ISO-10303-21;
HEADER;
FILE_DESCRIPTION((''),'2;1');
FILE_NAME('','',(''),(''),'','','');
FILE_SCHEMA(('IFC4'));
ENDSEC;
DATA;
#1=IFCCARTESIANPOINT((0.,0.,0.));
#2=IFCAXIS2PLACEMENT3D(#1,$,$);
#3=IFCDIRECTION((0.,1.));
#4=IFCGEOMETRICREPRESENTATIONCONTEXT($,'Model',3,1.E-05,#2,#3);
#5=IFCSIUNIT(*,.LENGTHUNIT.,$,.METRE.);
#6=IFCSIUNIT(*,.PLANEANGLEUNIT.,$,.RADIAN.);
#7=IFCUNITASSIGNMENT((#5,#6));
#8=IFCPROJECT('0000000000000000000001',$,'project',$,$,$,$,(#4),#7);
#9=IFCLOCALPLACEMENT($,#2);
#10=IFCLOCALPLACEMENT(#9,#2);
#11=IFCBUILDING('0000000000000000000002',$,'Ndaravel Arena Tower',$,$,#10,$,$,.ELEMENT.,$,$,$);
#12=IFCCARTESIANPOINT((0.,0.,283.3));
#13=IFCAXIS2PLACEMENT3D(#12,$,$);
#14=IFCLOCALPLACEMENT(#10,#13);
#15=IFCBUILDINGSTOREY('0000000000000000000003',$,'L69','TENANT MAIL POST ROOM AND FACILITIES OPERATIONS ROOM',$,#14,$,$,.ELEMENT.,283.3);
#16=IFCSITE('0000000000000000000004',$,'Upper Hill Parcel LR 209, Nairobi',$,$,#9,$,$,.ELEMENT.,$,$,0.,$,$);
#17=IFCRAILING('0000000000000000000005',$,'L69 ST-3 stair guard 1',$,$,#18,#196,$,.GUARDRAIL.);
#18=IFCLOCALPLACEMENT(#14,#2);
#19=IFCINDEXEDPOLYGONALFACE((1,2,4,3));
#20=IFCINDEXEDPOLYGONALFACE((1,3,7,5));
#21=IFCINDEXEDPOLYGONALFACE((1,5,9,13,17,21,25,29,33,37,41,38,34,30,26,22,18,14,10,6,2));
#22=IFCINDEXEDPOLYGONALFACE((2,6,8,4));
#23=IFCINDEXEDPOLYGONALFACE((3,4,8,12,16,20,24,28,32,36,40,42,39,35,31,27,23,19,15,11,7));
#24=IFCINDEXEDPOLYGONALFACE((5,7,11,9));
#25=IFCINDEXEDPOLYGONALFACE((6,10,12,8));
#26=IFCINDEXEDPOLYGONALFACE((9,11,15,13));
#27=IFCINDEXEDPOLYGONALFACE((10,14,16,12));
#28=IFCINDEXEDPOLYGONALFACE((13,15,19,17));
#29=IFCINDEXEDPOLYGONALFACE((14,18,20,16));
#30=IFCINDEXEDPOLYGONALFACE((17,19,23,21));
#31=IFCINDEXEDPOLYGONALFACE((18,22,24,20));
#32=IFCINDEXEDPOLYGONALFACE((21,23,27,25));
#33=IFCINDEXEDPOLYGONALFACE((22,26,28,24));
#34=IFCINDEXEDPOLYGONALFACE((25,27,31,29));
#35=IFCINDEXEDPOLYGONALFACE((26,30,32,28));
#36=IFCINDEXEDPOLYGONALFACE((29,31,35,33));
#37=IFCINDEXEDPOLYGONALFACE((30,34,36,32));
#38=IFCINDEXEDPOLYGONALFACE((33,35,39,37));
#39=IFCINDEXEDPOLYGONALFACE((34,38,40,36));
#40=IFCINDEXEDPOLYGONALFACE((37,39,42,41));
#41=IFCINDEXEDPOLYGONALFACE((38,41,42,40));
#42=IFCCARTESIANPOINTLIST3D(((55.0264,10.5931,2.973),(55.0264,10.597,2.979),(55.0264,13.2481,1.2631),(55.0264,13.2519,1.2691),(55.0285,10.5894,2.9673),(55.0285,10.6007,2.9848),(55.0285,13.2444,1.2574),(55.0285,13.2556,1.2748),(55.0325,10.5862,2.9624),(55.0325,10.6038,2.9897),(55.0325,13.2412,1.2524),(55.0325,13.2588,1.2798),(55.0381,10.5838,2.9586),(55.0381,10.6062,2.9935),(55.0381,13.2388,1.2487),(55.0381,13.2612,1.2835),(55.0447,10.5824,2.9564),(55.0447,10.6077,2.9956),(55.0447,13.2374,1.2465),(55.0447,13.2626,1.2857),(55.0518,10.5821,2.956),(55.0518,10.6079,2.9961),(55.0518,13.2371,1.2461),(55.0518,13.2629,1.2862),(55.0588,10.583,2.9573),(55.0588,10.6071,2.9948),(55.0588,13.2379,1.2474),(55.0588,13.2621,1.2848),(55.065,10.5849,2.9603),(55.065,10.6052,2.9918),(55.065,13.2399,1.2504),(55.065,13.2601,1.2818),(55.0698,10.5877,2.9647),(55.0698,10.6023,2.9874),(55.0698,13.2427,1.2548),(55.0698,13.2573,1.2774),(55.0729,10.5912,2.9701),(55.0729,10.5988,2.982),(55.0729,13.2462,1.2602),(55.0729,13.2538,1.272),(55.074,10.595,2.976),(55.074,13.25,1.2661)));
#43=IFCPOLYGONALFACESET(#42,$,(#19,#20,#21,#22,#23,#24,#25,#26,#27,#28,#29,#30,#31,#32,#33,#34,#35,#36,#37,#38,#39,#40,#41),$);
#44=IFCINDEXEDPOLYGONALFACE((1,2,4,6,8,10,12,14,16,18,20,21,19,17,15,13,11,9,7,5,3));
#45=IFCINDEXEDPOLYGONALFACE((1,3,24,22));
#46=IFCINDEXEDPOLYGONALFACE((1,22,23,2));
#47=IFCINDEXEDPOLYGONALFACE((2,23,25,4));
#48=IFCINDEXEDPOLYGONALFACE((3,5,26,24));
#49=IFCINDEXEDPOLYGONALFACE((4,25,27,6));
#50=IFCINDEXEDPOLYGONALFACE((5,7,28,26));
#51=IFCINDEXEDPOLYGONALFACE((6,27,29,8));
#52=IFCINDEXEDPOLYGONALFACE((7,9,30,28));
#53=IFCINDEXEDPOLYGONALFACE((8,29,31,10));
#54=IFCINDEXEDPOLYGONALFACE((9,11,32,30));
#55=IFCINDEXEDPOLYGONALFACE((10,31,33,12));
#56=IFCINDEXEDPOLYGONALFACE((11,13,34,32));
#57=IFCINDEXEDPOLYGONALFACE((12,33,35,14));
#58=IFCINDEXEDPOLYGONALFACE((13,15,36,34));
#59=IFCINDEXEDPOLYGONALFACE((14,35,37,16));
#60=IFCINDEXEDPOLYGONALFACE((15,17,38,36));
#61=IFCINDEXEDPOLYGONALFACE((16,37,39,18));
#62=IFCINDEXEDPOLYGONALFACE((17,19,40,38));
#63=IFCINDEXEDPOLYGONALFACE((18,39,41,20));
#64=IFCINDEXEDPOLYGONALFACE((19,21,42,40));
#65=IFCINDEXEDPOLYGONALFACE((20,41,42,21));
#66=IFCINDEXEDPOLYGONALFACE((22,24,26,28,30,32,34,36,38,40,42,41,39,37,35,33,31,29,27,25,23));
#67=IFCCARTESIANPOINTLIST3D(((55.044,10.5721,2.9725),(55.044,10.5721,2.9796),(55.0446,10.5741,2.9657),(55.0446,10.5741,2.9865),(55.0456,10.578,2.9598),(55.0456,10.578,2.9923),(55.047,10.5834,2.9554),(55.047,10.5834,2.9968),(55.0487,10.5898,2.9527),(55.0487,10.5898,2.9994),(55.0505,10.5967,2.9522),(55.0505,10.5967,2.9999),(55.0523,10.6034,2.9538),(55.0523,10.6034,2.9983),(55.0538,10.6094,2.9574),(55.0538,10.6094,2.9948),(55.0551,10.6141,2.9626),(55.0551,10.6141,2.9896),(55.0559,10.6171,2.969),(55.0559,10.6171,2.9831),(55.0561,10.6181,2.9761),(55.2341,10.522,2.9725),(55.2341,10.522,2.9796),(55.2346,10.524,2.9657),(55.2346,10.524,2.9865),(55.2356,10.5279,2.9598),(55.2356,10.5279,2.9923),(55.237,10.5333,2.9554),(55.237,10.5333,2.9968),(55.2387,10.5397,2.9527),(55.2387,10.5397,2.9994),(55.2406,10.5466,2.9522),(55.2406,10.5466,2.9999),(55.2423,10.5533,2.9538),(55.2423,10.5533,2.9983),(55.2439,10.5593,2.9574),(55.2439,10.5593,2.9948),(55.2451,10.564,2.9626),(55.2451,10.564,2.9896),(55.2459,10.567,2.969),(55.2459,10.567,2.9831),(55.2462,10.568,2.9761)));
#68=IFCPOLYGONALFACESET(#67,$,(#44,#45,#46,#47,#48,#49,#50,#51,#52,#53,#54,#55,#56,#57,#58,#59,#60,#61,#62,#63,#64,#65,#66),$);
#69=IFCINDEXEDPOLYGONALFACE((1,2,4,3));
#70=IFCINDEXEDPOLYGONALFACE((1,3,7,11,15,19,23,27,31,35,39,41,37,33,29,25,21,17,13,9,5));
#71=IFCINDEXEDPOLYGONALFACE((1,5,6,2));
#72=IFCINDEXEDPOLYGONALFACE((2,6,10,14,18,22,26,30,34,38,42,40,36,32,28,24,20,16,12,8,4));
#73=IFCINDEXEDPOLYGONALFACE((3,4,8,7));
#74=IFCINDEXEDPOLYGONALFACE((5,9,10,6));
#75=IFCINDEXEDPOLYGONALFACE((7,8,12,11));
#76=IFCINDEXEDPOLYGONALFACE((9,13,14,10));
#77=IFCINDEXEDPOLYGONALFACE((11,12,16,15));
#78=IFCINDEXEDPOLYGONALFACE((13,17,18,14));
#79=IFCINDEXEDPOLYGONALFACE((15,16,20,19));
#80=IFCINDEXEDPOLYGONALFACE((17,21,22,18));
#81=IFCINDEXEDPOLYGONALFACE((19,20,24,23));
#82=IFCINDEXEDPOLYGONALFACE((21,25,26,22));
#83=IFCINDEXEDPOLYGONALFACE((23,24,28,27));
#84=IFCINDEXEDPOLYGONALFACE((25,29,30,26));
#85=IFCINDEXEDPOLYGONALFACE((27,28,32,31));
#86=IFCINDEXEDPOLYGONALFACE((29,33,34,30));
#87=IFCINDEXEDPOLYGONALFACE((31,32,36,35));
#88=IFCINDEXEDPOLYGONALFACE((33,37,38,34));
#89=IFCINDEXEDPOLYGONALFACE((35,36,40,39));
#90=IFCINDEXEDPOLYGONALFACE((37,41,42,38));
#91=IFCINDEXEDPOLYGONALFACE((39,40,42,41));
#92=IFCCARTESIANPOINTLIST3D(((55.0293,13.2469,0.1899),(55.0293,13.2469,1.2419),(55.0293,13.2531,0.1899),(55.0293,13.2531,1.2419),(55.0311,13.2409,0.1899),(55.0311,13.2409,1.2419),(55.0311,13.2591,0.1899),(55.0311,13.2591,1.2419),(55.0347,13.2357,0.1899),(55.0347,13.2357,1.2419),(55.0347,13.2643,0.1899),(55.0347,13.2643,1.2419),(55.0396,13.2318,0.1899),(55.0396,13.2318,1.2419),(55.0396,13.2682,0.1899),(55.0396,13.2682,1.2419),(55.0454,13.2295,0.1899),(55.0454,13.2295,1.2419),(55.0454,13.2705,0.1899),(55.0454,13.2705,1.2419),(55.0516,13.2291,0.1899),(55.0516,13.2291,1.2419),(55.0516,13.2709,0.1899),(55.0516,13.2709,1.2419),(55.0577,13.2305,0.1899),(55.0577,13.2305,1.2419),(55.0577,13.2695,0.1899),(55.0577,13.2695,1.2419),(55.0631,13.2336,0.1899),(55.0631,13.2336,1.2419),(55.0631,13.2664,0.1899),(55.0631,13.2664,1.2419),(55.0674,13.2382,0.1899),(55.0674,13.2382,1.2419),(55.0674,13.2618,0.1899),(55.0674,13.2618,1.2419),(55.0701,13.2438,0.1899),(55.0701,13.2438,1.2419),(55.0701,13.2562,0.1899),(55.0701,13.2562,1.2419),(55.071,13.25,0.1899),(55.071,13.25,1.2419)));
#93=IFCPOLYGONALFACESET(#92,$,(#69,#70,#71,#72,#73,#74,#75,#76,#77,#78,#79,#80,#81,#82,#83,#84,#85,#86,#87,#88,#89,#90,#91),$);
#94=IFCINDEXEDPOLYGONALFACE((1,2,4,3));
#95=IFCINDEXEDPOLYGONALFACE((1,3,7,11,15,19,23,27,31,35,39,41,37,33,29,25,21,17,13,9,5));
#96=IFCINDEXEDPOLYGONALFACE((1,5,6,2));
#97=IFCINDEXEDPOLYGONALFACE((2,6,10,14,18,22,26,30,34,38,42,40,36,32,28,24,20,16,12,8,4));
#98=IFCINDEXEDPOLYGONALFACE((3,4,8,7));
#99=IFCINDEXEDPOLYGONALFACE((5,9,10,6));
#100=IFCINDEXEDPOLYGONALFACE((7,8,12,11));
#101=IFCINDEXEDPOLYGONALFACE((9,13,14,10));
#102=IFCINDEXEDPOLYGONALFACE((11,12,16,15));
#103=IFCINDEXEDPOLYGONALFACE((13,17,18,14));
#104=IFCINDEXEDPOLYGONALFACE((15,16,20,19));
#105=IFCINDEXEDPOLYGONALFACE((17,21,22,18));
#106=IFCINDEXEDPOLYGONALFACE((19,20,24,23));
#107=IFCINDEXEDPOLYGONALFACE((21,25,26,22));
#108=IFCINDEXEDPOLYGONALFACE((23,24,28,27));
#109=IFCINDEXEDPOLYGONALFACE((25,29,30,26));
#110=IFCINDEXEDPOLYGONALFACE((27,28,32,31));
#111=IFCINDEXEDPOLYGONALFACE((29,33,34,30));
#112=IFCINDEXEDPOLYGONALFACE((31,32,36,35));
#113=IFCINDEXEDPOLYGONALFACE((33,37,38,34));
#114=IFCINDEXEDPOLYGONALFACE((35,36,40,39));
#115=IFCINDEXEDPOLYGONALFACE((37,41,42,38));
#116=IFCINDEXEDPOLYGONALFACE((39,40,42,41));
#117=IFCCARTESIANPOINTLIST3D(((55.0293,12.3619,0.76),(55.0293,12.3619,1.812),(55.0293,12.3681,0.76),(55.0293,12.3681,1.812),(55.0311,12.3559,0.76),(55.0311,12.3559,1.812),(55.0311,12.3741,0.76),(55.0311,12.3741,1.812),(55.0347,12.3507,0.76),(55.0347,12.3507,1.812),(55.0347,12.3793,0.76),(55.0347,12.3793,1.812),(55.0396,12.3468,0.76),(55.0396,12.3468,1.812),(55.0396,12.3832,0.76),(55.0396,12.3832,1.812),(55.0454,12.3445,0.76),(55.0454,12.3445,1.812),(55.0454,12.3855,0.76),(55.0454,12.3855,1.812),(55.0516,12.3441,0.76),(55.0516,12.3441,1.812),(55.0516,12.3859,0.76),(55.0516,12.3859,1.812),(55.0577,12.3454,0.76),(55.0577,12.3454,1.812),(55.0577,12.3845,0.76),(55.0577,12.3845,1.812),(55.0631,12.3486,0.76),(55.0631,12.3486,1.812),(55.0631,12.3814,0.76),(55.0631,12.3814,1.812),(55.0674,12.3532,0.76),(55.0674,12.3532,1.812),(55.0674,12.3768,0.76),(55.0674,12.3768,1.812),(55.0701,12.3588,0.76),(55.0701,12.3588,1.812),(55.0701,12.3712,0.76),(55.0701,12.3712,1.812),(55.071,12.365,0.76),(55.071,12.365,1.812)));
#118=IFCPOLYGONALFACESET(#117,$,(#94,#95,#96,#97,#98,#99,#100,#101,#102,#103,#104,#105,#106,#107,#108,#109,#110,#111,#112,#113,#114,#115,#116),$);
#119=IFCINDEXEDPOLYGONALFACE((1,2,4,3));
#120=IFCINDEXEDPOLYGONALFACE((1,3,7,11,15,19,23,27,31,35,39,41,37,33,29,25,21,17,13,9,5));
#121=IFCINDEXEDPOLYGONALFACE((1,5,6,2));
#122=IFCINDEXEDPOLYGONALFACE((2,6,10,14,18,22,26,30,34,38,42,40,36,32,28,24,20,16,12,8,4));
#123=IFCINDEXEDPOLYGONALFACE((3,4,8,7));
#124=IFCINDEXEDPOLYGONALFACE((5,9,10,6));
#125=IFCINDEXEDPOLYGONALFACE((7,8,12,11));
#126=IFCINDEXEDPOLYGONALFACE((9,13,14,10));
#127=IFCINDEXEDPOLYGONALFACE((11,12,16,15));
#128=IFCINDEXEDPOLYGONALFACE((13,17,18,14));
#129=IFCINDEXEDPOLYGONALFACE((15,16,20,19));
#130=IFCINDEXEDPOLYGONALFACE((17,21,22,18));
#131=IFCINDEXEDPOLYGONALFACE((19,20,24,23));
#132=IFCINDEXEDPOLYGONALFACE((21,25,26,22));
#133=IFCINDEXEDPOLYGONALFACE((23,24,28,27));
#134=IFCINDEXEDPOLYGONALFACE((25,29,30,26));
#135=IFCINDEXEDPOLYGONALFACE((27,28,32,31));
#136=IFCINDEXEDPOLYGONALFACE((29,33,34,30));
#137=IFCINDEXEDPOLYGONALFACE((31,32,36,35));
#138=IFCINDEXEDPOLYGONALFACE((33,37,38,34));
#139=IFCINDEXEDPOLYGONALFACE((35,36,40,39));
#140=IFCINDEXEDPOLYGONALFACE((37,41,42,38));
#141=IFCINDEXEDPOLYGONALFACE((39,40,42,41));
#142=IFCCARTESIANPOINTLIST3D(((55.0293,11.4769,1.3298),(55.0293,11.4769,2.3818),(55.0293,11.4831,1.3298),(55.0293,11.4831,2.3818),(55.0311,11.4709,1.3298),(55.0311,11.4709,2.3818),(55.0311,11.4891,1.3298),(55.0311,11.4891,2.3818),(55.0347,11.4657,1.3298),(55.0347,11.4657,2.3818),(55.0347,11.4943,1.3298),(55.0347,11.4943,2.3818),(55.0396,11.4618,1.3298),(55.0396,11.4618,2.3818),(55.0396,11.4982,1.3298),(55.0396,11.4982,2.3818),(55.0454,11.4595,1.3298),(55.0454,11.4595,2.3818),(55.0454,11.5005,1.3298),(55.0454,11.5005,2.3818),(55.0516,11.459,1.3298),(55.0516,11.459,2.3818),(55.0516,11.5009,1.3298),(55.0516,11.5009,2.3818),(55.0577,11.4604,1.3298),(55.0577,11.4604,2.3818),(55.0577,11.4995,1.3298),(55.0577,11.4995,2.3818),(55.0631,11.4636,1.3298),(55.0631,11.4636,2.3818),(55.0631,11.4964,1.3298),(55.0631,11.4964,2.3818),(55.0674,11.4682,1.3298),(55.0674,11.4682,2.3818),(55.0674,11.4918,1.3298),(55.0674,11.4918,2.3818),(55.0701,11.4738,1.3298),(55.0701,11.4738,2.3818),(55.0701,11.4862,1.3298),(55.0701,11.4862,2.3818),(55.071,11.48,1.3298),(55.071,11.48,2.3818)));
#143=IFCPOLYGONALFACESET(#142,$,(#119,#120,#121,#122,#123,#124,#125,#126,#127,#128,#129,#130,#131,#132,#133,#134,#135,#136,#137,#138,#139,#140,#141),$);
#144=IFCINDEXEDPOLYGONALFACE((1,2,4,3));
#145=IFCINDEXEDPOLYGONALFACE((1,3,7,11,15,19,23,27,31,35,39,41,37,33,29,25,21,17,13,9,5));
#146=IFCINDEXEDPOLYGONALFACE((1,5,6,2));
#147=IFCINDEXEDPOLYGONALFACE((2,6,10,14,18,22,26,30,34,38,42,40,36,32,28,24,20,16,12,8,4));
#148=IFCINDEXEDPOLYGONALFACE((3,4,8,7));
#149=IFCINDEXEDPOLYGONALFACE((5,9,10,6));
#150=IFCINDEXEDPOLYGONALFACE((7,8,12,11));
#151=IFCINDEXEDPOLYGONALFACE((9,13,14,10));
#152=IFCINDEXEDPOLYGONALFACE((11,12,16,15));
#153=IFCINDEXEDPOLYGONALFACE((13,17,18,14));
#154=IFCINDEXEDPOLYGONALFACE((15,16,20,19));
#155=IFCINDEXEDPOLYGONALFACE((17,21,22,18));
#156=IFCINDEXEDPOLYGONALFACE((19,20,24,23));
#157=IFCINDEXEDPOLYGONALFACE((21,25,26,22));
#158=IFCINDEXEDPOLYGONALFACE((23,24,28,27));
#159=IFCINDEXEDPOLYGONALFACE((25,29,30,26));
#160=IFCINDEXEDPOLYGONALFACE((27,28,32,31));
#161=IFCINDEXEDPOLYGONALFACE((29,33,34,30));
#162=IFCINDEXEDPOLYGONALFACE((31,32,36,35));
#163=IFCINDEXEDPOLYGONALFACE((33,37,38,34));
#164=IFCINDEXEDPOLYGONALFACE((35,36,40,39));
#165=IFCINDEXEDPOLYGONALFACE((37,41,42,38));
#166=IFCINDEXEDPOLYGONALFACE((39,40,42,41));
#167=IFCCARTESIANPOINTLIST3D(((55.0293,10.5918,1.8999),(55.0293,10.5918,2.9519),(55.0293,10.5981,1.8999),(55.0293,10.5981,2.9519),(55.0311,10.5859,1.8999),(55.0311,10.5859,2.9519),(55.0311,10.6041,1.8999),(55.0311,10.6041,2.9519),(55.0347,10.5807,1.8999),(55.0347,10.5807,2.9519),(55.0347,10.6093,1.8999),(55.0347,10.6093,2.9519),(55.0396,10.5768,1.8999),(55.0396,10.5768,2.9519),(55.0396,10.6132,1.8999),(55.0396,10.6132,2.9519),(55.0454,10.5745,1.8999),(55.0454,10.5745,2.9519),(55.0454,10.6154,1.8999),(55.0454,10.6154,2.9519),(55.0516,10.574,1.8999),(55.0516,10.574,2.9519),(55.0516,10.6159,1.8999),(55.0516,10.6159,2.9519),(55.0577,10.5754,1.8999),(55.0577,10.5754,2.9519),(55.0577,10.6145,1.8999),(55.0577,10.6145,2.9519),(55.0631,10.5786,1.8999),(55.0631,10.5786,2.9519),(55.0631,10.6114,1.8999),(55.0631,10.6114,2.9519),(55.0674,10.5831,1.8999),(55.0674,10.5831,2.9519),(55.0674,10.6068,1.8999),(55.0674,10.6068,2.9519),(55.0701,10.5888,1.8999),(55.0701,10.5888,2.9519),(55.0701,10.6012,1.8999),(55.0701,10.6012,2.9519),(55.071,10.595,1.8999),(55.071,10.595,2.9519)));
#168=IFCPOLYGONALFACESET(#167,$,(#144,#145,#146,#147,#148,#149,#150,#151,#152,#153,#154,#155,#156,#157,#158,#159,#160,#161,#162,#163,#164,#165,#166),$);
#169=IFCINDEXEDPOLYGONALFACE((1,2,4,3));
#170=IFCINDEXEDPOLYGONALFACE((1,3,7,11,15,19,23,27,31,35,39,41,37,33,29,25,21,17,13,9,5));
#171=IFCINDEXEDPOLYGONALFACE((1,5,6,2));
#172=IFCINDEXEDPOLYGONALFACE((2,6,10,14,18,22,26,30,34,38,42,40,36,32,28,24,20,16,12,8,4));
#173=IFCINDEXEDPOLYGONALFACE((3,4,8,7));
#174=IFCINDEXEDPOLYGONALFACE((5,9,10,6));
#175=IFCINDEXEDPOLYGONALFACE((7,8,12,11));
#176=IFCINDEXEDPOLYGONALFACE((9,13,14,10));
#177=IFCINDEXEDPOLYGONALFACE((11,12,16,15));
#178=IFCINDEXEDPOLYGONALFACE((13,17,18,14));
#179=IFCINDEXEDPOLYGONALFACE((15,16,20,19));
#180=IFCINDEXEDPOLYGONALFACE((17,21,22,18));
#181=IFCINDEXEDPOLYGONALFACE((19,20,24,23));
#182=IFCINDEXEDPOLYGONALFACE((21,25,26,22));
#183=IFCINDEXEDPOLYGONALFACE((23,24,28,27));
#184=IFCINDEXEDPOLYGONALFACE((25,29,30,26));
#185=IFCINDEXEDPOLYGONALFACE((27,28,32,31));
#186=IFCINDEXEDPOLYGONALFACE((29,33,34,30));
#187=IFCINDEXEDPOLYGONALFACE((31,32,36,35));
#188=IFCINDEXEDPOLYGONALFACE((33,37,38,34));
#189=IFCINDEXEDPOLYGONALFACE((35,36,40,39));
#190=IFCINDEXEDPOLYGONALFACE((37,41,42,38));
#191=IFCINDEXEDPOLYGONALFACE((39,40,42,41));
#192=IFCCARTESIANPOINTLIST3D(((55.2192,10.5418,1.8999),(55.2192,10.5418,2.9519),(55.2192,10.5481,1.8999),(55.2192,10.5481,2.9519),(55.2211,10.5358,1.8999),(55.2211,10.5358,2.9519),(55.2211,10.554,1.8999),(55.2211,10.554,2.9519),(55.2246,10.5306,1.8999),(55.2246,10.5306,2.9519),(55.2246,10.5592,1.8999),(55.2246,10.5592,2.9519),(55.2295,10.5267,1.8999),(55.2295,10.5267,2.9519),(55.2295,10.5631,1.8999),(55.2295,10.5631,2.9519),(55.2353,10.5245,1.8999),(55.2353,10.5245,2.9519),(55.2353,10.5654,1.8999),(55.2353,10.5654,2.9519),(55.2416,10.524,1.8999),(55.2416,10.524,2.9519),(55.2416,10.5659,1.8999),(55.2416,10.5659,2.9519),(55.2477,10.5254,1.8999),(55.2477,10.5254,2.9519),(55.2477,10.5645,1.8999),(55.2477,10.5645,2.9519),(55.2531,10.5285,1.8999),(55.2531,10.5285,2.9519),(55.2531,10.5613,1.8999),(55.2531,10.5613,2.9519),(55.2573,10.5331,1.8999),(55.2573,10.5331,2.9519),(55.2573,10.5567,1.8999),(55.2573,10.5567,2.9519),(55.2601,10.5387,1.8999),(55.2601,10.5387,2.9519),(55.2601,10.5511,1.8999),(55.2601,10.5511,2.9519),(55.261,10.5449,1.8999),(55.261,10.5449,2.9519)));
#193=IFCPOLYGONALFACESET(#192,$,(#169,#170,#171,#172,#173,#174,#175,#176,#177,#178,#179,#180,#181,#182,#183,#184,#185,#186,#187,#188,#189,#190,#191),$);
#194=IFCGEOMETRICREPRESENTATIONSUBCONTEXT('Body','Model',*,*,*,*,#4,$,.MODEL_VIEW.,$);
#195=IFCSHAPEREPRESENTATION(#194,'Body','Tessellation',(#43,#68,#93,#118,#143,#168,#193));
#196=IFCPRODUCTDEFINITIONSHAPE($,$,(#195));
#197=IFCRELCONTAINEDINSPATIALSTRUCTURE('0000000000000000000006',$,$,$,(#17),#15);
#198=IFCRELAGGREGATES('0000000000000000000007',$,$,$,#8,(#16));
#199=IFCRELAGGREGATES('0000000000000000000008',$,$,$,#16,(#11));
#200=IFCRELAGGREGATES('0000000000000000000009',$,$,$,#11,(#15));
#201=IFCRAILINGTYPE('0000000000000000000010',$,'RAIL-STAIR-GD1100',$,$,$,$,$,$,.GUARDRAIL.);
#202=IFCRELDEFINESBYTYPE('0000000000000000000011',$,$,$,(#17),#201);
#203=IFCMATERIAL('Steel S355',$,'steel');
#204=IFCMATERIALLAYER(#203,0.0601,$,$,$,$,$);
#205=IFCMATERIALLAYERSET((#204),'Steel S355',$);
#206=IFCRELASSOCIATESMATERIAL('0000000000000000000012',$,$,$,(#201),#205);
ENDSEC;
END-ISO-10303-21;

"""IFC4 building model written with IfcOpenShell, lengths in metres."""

from ifc_helpers import new_model, si_unit, direction, frame, origin, origin_2d, place, context, subcontext, project, spatial, circle, extrude, material, layer, layer_set, type_object, element, save


model = new_model("IFC4")

# Units and contexts
model_context = context("Model", 3, precision=1e-05, world=origin(), true_north=direction((0.0, 1.0)))
body_context = subcontext(model_context, "Body", "Model", "MODEL_VIEW")
ifc_project = project(units=[si_unit("LENGTHUNIT", "METRE"), si_unit("PLANEANGLEUNIT", "RADIAN")], contexts=[model_context])

# Site, building, storey
site_placement = place(None, origin())
site = spatial("IfcSite", under=ifc_project, at=site_placement, Name="Upper Hill Parcel LR 209, Nairobi", CompositionType="ELEMENT", RefElevation=0.0)
building_placement = place(site_placement, origin())
building = spatial("IfcBuilding", under=site, at=building_placement, Name="Ndaravel Arena Tower", CompositionType="ELEMENT")
storey_placement = place(building_placement, frame((0.0, 0.0, 283.3)))
storey = spatial("IfcBuildingStorey", under=building, at=storey_placement, Name="L69", Description="TENANT MAIL POST ROOM AND FACILITIES OPERATIONS ROOM", CompositionType="ELEMENT", Elevation=283.3)

# Railing
ifc_material_1 = material(Name="Steel S355", Category="steel")
ifc_layer_1 = layer(ifc_material_1, 0.0601)
ifc_layer_set_1 = layer_set([ifc_layer_1], Name="Steel S355")
railing_type_1 = type_object("IfcRailingType", Name="RAIL-STAIR-GD1100", PredefinedType="GUARDRAIL", material=ifc_layer_set_1)
railing_1_placement = place(storey_placement, frame((55.05, 13.25, 0.1899)))
element("IfcRailing", 1, at=railing_1_placement, inside=storey, type_object=railing_type_1, Name="L69 ST-3 stair guard 1", PredefinedType="GUARDRAIL", context=body_context, shape_type="SweptSolid", body=[
    extrude(circle(Radius=0.0239, at=origin_2d()), frame((0.0, 0.0, 1.0762), z_axis=(0.0, -0.840724, 0.541465), x_axis=(1.0, 0.0, 0.0)), (0.0, 0.0, 1.0), 3.158),
    extrude(circle(Radius=0.0239, at=origin_2d()), frame((0.0, -2.655, 2.7861), z_axis=(0.966994, -0.254799, 0.0), x_axis=(0.254799, 0.966994, 0.0)), (0.0, 0.0, 1.0), 0.1965),
    extrude(circle(Radius=0.021, at=origin_2d()), origin(), (0.0, 0.0, 1.0), 1.052),
    extrude(circle(Radius=0.021, at=origin_2d()), frame((0.0, -0.885, 0.5701)), (0.0, 0.0, 1.0), 1.052),
    extrude(circle(Radius=0.021, at=origin_2d()), frame((0.0, -1.77, 1.1399)), (0.0, 0.0, 1.0), 1.052),
    extrude(circle(Radius=0.021, at=origin_2d()), frame((0.0, -2.655, 1.71)), (0.0, 0.0, 1.0), 1.052),
    extrude(circle(Radius=0.021, at=origin_2d()), frame((0.1899, -2.7051, 1.71)), (0.0, 0.0, 1.0), 1.052),
])

save(model, "model.ifc")
